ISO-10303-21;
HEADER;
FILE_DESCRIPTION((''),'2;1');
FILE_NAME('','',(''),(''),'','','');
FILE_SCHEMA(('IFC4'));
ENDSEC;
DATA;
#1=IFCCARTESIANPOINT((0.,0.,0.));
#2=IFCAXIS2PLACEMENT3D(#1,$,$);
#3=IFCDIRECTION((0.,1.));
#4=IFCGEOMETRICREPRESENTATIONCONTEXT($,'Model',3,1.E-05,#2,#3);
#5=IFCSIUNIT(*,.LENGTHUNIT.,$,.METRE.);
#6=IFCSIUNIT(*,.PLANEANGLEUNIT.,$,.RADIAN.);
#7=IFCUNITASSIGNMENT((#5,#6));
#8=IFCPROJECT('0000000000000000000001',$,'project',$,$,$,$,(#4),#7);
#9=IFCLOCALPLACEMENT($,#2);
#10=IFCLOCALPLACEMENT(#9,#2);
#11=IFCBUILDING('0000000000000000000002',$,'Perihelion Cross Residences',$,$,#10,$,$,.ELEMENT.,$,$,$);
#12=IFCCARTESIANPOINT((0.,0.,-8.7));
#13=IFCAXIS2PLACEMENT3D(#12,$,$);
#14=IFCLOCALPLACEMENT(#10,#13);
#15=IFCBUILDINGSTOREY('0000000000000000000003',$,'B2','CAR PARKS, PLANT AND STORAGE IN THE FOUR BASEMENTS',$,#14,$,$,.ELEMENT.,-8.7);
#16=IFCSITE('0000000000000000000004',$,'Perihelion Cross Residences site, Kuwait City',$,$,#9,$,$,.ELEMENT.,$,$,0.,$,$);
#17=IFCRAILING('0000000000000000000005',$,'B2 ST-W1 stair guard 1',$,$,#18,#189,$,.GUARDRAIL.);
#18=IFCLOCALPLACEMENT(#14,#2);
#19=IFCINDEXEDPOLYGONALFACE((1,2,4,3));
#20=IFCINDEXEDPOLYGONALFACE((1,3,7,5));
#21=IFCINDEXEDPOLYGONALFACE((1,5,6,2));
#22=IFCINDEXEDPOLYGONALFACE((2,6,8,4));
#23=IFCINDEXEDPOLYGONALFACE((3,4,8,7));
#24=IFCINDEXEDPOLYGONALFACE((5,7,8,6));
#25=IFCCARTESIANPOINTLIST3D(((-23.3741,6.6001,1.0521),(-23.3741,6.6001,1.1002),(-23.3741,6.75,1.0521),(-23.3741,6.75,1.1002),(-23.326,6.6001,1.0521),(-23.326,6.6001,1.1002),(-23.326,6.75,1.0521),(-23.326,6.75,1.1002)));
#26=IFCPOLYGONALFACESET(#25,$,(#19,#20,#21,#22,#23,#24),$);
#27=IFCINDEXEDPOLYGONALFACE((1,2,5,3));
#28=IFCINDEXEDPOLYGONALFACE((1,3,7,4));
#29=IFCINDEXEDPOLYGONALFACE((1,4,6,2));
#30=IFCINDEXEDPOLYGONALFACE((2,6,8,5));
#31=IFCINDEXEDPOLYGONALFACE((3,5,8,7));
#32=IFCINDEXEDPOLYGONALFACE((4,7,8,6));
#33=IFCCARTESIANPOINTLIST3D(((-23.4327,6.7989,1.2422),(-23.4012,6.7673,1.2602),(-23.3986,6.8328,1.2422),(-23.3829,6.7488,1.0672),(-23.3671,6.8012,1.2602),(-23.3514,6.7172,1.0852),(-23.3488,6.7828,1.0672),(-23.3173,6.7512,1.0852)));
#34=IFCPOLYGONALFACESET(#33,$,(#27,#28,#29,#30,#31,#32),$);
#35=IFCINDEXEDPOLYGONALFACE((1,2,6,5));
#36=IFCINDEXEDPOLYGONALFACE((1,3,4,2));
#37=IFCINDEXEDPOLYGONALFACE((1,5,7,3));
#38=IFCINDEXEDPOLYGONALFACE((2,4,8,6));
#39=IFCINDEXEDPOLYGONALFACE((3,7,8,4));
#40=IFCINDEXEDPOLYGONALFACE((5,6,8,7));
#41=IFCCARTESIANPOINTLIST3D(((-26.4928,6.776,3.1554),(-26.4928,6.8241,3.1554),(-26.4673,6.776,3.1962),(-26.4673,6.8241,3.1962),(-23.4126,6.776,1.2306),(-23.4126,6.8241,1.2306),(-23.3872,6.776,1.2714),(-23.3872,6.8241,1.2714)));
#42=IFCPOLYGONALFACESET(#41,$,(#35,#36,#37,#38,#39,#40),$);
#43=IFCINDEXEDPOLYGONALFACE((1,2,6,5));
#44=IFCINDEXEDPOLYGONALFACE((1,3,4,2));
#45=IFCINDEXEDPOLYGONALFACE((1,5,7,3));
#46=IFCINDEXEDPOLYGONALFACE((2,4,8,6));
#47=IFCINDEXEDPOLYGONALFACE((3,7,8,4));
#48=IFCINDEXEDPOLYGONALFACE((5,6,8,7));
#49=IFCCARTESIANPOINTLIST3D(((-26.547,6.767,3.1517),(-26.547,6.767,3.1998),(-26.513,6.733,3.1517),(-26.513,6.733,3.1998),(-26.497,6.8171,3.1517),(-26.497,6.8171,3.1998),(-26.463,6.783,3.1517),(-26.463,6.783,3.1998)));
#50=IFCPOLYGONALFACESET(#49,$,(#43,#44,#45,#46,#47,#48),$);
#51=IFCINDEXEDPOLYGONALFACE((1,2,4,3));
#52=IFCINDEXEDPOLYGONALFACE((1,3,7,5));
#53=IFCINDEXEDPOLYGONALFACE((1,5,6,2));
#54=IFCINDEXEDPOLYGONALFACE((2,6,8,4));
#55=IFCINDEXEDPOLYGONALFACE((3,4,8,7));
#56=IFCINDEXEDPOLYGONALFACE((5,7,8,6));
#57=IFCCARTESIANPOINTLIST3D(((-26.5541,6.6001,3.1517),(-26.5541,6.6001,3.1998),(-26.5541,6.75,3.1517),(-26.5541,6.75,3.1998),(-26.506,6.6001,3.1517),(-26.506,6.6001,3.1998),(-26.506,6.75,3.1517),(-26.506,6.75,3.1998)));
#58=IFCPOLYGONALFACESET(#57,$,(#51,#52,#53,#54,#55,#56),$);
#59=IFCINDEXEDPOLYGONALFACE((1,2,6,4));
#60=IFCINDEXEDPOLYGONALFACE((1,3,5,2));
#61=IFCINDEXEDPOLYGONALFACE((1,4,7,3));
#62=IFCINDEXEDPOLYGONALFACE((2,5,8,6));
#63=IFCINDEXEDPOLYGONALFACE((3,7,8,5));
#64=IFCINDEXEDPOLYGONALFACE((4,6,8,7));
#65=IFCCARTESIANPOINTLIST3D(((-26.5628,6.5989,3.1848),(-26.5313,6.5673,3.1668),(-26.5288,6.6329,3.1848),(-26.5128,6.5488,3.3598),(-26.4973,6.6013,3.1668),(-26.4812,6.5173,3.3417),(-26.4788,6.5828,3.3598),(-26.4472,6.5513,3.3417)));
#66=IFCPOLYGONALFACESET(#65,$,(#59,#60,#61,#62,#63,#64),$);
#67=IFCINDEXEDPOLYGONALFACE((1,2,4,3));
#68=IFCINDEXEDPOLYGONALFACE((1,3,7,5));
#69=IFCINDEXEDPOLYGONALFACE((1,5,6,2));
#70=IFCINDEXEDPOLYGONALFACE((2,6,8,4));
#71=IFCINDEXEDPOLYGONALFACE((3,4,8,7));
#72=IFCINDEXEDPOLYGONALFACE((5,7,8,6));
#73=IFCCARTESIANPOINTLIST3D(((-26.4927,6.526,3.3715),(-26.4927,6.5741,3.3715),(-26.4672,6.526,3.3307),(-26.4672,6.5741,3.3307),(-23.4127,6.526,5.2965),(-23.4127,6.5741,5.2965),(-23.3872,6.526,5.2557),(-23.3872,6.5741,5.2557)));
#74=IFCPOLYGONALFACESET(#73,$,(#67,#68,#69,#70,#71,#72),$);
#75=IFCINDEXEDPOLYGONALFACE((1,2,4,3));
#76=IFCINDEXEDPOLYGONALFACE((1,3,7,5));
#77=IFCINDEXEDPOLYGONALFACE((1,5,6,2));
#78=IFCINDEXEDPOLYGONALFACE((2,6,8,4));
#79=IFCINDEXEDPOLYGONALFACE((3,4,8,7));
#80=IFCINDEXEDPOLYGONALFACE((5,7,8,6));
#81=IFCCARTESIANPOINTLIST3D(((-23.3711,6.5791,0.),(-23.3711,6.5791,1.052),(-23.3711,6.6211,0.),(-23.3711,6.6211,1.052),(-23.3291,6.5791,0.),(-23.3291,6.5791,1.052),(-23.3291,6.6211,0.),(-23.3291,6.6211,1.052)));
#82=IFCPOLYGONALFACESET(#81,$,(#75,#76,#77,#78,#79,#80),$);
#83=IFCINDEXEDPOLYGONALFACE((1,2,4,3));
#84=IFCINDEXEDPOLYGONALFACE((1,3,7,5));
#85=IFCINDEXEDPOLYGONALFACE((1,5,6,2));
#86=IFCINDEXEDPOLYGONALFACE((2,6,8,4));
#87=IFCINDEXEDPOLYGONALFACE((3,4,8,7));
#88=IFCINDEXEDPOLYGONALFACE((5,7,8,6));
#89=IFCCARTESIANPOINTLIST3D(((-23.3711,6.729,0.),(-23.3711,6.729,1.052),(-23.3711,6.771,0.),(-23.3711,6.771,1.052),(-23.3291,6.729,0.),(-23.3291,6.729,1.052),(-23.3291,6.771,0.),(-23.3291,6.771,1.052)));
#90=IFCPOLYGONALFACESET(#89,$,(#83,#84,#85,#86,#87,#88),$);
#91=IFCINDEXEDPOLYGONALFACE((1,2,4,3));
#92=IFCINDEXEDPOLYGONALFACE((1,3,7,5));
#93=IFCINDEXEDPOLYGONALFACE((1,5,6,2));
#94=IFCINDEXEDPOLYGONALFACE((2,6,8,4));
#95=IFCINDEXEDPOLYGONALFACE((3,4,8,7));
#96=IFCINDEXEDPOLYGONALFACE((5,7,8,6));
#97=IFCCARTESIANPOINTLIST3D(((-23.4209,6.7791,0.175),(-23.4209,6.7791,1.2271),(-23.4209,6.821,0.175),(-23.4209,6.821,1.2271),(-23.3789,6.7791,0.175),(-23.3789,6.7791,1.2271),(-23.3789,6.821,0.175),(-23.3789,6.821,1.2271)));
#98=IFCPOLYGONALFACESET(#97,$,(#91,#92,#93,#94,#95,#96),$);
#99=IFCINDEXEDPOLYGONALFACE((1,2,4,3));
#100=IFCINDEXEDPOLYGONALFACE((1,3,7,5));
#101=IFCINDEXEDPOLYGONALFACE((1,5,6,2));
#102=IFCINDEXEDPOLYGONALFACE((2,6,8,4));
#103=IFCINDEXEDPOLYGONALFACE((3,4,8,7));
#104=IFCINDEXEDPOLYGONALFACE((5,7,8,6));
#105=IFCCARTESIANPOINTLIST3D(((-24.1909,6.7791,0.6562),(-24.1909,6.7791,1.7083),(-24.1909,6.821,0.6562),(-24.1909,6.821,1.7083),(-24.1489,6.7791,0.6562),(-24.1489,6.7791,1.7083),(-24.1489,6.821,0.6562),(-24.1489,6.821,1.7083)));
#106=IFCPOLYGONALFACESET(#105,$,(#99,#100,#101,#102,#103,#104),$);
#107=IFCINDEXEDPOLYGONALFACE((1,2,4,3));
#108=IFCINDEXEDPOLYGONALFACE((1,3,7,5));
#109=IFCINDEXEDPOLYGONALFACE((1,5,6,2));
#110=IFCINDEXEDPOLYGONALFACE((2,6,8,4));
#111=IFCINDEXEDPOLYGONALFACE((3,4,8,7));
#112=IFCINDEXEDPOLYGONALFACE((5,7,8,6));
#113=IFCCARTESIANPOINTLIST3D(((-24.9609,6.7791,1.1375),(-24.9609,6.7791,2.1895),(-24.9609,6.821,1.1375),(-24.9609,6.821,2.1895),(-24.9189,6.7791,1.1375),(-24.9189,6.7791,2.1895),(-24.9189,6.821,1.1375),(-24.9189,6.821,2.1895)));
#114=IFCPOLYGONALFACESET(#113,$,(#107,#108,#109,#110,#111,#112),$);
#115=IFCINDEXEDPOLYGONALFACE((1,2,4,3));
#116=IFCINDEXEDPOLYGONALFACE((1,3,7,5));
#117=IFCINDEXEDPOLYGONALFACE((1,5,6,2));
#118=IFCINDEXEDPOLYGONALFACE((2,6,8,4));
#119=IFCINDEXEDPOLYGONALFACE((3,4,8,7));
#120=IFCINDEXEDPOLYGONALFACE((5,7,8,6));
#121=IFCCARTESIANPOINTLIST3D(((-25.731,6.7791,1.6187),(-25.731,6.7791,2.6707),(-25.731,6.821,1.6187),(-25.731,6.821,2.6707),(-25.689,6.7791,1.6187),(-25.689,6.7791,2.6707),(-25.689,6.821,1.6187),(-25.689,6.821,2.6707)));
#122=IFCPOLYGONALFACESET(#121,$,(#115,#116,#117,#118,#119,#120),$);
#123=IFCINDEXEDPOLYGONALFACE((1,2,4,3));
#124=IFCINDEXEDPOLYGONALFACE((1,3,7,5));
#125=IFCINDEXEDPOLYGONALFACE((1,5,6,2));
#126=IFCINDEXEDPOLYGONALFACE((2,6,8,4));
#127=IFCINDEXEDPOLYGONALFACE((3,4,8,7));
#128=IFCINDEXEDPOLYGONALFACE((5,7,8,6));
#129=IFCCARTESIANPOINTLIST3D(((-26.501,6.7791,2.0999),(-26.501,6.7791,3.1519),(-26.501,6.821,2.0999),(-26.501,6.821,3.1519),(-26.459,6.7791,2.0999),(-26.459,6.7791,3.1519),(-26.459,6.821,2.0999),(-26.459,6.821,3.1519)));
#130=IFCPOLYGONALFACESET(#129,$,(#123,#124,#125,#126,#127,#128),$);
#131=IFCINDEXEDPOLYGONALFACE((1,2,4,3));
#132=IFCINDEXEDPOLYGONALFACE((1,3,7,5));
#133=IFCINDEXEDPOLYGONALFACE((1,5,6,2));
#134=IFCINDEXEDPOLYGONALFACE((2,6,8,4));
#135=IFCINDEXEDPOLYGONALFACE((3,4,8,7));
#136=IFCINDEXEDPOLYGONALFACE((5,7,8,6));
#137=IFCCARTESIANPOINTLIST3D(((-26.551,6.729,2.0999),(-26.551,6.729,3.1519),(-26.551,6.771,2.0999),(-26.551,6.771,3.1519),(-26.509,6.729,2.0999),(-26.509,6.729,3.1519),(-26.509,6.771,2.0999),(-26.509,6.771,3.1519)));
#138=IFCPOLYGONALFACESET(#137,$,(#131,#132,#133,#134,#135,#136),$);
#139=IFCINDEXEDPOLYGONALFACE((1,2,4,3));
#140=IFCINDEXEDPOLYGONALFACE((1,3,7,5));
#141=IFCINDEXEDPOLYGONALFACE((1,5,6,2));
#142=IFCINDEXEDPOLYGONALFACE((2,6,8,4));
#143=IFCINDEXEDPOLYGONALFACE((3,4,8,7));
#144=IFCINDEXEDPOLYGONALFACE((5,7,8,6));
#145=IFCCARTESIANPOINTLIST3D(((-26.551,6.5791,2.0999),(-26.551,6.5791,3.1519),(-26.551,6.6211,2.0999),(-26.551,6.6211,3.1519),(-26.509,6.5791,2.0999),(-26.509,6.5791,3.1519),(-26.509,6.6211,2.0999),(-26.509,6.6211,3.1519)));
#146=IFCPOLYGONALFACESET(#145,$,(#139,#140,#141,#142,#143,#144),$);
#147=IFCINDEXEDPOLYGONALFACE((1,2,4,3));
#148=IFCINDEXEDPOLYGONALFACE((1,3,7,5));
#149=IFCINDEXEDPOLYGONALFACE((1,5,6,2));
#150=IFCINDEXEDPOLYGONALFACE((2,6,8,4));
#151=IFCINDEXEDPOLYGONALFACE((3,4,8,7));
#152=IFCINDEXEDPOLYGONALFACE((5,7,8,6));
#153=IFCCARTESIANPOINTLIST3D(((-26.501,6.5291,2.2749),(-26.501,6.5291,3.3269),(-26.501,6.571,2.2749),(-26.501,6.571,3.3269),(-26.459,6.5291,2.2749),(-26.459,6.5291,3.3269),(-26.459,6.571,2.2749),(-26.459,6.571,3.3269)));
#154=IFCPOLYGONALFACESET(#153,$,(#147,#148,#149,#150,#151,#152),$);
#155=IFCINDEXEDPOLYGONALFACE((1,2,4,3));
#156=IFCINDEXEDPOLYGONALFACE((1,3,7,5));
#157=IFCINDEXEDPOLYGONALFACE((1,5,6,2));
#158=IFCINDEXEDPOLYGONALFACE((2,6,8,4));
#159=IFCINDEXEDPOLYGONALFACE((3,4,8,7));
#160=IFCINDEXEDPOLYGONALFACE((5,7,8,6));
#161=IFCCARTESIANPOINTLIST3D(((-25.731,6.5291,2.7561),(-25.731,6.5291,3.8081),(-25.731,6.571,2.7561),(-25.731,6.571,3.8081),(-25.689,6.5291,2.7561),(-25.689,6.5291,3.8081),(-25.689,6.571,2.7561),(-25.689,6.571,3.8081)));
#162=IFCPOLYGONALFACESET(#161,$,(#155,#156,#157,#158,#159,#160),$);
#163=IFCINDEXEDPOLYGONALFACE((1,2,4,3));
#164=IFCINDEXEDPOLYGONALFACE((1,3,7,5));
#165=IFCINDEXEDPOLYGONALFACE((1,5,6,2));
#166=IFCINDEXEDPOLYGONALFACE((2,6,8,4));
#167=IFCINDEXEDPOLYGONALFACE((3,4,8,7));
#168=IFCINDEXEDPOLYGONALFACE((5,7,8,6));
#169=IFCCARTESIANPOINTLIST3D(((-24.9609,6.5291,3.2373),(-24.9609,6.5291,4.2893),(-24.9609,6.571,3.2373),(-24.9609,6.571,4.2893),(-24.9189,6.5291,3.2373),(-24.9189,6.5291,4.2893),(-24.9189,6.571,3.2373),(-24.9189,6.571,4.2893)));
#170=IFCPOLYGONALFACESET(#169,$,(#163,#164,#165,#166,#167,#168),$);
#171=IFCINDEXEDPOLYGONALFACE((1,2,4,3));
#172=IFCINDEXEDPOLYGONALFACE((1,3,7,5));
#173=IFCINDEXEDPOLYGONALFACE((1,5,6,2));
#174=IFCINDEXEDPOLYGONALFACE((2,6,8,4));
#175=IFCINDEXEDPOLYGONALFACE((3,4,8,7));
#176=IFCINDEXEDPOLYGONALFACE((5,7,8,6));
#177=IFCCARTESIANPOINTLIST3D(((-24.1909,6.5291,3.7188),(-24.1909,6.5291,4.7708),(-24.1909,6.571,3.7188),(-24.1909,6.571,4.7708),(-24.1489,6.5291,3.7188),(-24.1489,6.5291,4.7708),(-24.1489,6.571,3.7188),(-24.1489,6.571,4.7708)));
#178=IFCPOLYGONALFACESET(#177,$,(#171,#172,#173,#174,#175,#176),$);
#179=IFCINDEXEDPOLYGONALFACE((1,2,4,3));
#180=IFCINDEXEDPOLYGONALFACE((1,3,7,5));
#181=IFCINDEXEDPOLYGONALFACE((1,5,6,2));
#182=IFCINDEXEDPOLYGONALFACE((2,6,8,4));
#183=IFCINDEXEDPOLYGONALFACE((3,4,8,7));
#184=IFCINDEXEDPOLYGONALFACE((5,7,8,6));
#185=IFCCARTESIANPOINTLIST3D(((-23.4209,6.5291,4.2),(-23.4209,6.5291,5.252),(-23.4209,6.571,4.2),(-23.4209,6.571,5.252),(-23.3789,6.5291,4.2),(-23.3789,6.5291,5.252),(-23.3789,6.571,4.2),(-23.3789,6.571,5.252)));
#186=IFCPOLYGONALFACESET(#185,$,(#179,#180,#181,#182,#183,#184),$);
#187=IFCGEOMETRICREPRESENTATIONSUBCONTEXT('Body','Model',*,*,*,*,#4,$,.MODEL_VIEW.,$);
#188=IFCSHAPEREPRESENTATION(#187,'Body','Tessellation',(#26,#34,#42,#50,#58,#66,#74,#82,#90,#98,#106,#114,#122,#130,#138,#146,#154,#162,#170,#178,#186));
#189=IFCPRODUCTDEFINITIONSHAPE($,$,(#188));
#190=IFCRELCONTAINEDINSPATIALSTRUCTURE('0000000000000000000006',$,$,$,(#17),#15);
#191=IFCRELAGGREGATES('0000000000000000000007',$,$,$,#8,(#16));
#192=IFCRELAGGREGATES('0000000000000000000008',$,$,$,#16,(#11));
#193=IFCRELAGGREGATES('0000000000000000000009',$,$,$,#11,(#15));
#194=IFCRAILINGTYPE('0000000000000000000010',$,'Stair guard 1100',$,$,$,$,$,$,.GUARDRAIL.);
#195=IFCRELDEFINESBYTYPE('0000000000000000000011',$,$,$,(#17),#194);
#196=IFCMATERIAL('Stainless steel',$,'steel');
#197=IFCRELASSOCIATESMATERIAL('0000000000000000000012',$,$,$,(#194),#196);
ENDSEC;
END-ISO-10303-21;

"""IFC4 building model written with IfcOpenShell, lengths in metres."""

from ifc_helpers import new_model, si_unit, direction, frame, origin, origin_2d, place, context, subcontext, project, spatial, rectangle, extrude, material, type_object, element, save


model = new_model("IFC4")

# Units and contexts
model_context = context("Model", 3, precision=1e-05, world=origin(), true_north=direction((0.0, 1.0)))
body_context = subcontext(model_context, "Body", "Model", "MODEL_VIEW")
ifc_project = project(units=[si_unit("LENGTHUNIT", "METRE"), si_unit("PLANEANGLEUNIT", "RADIAN")], contexts=[model_context])

# Site, building, storey
site_placement = place(None, origin())
site = spatial("IfcSite", under=ifc_project, at=site_placement, Name="Perihelion Cross Residences site, Kuwait City", CompositionType="ELEMENT", RefElevation=0.0)
building_placement = place(site_placement, origin())
building = spatial("IfcBuilding", under=site, at=building_placement, Name="Perihelion Cross Residences", CompositionType="ELEMENT")
storey_placement = place(building_placement, frame((0.0, 0.0, -8.7)))
storey = spatial("IfcBuildingStorey", under=building, at=storey_placement, Name="B2", Description="CAR PARKS, PLANT AND STORAGE IN THE FOUR BASEMENTS", CompositionType="ELEMENT", Elevation=-8.7)

# Railing
ifc_material_1 = material(Name="Stainless steel", Category="steel")
railing_type_1 = type_object("IfcRailingType", Name="Stair guard 1100", PredefinedType="GUARDRAIL", material=ifc_material_1)
railing_1_placement = place(storey_placement, frame((-23.3501, 6.6001, 0.0)))
element("IfcRailing", 1, at=railing_1_placement, inside=storey, type_object=railing_type_1, Name="B2 ST-W1 stair guard 1", PredefinedType="GUARDRAIL", context=body_context, shape_type="SweptSolid", body=[
    extrude(rectangle(XDim=0.0481, YDim=0.0481, at=origin_2d()), frame((0.0, 0.0, 1.0762), z_axis=(0.0, 1.0, 0.0), x_axis=(-1.0, 0.0, 0.0)), (0.0, 0.0, 1.0), 0.1499),
    extrude(rectangle(XDim=0.0481, YDim=0.0481, at=origin_2d()), frame((0.0, 0.1499, 1.0762), z_axis=(-0.263862, 0.265156, 0.927399), x_axis=(-0.708834, -0.705376, 0.0)), (0.0, 0.0, 1.0), 0.1887),
    extrude(rectangle(XDim=0.0481, YDim=0.0481, at=origin_2d()), frame((-0.0498, 0.2, 1.251), z_axis=(-0.848029, 0.0, 0.529951), x_axis=(0.0, -1.0, 0.0)), (0.0, 0.0, 1.0), 3.6321),
    extrude(rectangle(XDim=0.0481, YDim=0.0481, at=origin_2d()), frame((-3.1299, 0.2, 3.1758), z_axis=(-0.707107, -0.707107, 0.0), x_axis=(0.707107, -0.707107, 0.0)), (0.0, 0.0, 1.0), 0.0708),
    extrude(rectangle(XDim=0.0481, YDim=0.0481, at=origin_2d()), frame((-3.1799, 0.1499, 3.1758), z_axis=(0.0, -1.0, 0.0), x_axis=(1.0, 0.0, 0.0)), (0.0, 0.0, 1.0), 0.1499),
    extrude(rectangle(XDim=0.0481, YDim=0.0481, at=origin_2d()), frame((-3.1799, 0.0, 3.1758), z_axis=(0.265065, -0.265065, 0.927082), x_axis=(0.707107, 0.707107, 0.0)), (0.0, 0.0, 1.0), 0.1887),
    extrude(rectangle(XDim=0.0481, YDim=0.0481, at=origin_2d()), frame((-3.1299, -0.05, 3.3511), z_axis=(0.847998, 0.0, 0.529999), x_axis=(0.0, 1.0, 0.0)), (0.0, 0.0, 1.0), 3.6321),
    extrude(rectangle(XDim=0.042, YDim=0.042, at=origin_2d()), origin(), (0.0, 0.0, 1.0), 1.052),
    extrude(rectangle(XDim=0.042, YDim=0.042, at=origin_2d()), frame((0.0, 0.1499, 0.0)), (0.0, 0.0, 1.0), 1.052),
    extrude(rectangle(XDim=0.042, YDim=0.042, at=origin_2d()), frame((-0.0498, 0.2, 0.175)), (0.0, 0.0, 1.0), 1.052),
    extrude(rectangle(XDim=0.042, YDim=0.042, at=origin_2d()), frame((-0.8198, 0.2, 0.6562)), (0.0, 0.0, 1.0), 1.052),
    extrude(rectangle(XDim=0.042, YDim=0.042, at=origin_2d()), frame((-1.5898, 0.2, 1.1375)), (0.0, 0.0, 1.0), 1.052),
    extrude(rectangle(XDim=0.042, YDim=0.042, at=origin_2d()), frame((-2.3599, 0.2, 1.6187)), (0.0, 0.0, 1.0), 1.052),
    extrude(rectangle(XDim=0.042, YDim=0.042, at=origin_2d()), frame((-3.1299, 0.2, 2.0999)), (0.0, 0.0, 1.0), 1.052),
    extrude(rectangle(XDim=0.042, YDim=0.042, at=origin_2d()), frame((-3.1799, 0.1499, 2.0999)), (0.0, 0.0, 1.0), 1.052),
    extrude(rectangle(XDim=0.042, YDim=0.042, at=origin_2d()), frame((-3.1799, 0.0, 2.0999)), (0.0, 0.0, 1.0), 1.052),
    extrude(rectangle(XDim=0.042, YDim=0.042, at=origin_2d()), frame((-3.1299, -0.05, 2.2749)), (0.0, 0.0, 1.0), 1.052),
    extrude(rectangle(XDim=0.042, YDim=0.042, at=origin_2d()), frame((-2.3599, -0.05, 2.7561)), (0.0, 0.0, 1.0), 1.052),
    extrude(rectangle(XDim=0.042, YDim=0.042, at=origin_2d()), frame((-1.5898, -0.05, 3.2373)), (0.0, 0.0, 1.0), 1.052),
    extrude(rectangle(XDim=0.042, YDim=0.042, at=origin_2d()), frame((-0.8198, -0.05, 3.7188)), (0.0, 0.0, 1.0), 1.052),
    extrude(rectangle(XDim=0.042, YDim=0.042, at=origin_2d()), frame((-0.0498, -0.05, 4.2)), (0.0, 0.0, 1.0), 1.052),
])

save(model, "model.ifc")
